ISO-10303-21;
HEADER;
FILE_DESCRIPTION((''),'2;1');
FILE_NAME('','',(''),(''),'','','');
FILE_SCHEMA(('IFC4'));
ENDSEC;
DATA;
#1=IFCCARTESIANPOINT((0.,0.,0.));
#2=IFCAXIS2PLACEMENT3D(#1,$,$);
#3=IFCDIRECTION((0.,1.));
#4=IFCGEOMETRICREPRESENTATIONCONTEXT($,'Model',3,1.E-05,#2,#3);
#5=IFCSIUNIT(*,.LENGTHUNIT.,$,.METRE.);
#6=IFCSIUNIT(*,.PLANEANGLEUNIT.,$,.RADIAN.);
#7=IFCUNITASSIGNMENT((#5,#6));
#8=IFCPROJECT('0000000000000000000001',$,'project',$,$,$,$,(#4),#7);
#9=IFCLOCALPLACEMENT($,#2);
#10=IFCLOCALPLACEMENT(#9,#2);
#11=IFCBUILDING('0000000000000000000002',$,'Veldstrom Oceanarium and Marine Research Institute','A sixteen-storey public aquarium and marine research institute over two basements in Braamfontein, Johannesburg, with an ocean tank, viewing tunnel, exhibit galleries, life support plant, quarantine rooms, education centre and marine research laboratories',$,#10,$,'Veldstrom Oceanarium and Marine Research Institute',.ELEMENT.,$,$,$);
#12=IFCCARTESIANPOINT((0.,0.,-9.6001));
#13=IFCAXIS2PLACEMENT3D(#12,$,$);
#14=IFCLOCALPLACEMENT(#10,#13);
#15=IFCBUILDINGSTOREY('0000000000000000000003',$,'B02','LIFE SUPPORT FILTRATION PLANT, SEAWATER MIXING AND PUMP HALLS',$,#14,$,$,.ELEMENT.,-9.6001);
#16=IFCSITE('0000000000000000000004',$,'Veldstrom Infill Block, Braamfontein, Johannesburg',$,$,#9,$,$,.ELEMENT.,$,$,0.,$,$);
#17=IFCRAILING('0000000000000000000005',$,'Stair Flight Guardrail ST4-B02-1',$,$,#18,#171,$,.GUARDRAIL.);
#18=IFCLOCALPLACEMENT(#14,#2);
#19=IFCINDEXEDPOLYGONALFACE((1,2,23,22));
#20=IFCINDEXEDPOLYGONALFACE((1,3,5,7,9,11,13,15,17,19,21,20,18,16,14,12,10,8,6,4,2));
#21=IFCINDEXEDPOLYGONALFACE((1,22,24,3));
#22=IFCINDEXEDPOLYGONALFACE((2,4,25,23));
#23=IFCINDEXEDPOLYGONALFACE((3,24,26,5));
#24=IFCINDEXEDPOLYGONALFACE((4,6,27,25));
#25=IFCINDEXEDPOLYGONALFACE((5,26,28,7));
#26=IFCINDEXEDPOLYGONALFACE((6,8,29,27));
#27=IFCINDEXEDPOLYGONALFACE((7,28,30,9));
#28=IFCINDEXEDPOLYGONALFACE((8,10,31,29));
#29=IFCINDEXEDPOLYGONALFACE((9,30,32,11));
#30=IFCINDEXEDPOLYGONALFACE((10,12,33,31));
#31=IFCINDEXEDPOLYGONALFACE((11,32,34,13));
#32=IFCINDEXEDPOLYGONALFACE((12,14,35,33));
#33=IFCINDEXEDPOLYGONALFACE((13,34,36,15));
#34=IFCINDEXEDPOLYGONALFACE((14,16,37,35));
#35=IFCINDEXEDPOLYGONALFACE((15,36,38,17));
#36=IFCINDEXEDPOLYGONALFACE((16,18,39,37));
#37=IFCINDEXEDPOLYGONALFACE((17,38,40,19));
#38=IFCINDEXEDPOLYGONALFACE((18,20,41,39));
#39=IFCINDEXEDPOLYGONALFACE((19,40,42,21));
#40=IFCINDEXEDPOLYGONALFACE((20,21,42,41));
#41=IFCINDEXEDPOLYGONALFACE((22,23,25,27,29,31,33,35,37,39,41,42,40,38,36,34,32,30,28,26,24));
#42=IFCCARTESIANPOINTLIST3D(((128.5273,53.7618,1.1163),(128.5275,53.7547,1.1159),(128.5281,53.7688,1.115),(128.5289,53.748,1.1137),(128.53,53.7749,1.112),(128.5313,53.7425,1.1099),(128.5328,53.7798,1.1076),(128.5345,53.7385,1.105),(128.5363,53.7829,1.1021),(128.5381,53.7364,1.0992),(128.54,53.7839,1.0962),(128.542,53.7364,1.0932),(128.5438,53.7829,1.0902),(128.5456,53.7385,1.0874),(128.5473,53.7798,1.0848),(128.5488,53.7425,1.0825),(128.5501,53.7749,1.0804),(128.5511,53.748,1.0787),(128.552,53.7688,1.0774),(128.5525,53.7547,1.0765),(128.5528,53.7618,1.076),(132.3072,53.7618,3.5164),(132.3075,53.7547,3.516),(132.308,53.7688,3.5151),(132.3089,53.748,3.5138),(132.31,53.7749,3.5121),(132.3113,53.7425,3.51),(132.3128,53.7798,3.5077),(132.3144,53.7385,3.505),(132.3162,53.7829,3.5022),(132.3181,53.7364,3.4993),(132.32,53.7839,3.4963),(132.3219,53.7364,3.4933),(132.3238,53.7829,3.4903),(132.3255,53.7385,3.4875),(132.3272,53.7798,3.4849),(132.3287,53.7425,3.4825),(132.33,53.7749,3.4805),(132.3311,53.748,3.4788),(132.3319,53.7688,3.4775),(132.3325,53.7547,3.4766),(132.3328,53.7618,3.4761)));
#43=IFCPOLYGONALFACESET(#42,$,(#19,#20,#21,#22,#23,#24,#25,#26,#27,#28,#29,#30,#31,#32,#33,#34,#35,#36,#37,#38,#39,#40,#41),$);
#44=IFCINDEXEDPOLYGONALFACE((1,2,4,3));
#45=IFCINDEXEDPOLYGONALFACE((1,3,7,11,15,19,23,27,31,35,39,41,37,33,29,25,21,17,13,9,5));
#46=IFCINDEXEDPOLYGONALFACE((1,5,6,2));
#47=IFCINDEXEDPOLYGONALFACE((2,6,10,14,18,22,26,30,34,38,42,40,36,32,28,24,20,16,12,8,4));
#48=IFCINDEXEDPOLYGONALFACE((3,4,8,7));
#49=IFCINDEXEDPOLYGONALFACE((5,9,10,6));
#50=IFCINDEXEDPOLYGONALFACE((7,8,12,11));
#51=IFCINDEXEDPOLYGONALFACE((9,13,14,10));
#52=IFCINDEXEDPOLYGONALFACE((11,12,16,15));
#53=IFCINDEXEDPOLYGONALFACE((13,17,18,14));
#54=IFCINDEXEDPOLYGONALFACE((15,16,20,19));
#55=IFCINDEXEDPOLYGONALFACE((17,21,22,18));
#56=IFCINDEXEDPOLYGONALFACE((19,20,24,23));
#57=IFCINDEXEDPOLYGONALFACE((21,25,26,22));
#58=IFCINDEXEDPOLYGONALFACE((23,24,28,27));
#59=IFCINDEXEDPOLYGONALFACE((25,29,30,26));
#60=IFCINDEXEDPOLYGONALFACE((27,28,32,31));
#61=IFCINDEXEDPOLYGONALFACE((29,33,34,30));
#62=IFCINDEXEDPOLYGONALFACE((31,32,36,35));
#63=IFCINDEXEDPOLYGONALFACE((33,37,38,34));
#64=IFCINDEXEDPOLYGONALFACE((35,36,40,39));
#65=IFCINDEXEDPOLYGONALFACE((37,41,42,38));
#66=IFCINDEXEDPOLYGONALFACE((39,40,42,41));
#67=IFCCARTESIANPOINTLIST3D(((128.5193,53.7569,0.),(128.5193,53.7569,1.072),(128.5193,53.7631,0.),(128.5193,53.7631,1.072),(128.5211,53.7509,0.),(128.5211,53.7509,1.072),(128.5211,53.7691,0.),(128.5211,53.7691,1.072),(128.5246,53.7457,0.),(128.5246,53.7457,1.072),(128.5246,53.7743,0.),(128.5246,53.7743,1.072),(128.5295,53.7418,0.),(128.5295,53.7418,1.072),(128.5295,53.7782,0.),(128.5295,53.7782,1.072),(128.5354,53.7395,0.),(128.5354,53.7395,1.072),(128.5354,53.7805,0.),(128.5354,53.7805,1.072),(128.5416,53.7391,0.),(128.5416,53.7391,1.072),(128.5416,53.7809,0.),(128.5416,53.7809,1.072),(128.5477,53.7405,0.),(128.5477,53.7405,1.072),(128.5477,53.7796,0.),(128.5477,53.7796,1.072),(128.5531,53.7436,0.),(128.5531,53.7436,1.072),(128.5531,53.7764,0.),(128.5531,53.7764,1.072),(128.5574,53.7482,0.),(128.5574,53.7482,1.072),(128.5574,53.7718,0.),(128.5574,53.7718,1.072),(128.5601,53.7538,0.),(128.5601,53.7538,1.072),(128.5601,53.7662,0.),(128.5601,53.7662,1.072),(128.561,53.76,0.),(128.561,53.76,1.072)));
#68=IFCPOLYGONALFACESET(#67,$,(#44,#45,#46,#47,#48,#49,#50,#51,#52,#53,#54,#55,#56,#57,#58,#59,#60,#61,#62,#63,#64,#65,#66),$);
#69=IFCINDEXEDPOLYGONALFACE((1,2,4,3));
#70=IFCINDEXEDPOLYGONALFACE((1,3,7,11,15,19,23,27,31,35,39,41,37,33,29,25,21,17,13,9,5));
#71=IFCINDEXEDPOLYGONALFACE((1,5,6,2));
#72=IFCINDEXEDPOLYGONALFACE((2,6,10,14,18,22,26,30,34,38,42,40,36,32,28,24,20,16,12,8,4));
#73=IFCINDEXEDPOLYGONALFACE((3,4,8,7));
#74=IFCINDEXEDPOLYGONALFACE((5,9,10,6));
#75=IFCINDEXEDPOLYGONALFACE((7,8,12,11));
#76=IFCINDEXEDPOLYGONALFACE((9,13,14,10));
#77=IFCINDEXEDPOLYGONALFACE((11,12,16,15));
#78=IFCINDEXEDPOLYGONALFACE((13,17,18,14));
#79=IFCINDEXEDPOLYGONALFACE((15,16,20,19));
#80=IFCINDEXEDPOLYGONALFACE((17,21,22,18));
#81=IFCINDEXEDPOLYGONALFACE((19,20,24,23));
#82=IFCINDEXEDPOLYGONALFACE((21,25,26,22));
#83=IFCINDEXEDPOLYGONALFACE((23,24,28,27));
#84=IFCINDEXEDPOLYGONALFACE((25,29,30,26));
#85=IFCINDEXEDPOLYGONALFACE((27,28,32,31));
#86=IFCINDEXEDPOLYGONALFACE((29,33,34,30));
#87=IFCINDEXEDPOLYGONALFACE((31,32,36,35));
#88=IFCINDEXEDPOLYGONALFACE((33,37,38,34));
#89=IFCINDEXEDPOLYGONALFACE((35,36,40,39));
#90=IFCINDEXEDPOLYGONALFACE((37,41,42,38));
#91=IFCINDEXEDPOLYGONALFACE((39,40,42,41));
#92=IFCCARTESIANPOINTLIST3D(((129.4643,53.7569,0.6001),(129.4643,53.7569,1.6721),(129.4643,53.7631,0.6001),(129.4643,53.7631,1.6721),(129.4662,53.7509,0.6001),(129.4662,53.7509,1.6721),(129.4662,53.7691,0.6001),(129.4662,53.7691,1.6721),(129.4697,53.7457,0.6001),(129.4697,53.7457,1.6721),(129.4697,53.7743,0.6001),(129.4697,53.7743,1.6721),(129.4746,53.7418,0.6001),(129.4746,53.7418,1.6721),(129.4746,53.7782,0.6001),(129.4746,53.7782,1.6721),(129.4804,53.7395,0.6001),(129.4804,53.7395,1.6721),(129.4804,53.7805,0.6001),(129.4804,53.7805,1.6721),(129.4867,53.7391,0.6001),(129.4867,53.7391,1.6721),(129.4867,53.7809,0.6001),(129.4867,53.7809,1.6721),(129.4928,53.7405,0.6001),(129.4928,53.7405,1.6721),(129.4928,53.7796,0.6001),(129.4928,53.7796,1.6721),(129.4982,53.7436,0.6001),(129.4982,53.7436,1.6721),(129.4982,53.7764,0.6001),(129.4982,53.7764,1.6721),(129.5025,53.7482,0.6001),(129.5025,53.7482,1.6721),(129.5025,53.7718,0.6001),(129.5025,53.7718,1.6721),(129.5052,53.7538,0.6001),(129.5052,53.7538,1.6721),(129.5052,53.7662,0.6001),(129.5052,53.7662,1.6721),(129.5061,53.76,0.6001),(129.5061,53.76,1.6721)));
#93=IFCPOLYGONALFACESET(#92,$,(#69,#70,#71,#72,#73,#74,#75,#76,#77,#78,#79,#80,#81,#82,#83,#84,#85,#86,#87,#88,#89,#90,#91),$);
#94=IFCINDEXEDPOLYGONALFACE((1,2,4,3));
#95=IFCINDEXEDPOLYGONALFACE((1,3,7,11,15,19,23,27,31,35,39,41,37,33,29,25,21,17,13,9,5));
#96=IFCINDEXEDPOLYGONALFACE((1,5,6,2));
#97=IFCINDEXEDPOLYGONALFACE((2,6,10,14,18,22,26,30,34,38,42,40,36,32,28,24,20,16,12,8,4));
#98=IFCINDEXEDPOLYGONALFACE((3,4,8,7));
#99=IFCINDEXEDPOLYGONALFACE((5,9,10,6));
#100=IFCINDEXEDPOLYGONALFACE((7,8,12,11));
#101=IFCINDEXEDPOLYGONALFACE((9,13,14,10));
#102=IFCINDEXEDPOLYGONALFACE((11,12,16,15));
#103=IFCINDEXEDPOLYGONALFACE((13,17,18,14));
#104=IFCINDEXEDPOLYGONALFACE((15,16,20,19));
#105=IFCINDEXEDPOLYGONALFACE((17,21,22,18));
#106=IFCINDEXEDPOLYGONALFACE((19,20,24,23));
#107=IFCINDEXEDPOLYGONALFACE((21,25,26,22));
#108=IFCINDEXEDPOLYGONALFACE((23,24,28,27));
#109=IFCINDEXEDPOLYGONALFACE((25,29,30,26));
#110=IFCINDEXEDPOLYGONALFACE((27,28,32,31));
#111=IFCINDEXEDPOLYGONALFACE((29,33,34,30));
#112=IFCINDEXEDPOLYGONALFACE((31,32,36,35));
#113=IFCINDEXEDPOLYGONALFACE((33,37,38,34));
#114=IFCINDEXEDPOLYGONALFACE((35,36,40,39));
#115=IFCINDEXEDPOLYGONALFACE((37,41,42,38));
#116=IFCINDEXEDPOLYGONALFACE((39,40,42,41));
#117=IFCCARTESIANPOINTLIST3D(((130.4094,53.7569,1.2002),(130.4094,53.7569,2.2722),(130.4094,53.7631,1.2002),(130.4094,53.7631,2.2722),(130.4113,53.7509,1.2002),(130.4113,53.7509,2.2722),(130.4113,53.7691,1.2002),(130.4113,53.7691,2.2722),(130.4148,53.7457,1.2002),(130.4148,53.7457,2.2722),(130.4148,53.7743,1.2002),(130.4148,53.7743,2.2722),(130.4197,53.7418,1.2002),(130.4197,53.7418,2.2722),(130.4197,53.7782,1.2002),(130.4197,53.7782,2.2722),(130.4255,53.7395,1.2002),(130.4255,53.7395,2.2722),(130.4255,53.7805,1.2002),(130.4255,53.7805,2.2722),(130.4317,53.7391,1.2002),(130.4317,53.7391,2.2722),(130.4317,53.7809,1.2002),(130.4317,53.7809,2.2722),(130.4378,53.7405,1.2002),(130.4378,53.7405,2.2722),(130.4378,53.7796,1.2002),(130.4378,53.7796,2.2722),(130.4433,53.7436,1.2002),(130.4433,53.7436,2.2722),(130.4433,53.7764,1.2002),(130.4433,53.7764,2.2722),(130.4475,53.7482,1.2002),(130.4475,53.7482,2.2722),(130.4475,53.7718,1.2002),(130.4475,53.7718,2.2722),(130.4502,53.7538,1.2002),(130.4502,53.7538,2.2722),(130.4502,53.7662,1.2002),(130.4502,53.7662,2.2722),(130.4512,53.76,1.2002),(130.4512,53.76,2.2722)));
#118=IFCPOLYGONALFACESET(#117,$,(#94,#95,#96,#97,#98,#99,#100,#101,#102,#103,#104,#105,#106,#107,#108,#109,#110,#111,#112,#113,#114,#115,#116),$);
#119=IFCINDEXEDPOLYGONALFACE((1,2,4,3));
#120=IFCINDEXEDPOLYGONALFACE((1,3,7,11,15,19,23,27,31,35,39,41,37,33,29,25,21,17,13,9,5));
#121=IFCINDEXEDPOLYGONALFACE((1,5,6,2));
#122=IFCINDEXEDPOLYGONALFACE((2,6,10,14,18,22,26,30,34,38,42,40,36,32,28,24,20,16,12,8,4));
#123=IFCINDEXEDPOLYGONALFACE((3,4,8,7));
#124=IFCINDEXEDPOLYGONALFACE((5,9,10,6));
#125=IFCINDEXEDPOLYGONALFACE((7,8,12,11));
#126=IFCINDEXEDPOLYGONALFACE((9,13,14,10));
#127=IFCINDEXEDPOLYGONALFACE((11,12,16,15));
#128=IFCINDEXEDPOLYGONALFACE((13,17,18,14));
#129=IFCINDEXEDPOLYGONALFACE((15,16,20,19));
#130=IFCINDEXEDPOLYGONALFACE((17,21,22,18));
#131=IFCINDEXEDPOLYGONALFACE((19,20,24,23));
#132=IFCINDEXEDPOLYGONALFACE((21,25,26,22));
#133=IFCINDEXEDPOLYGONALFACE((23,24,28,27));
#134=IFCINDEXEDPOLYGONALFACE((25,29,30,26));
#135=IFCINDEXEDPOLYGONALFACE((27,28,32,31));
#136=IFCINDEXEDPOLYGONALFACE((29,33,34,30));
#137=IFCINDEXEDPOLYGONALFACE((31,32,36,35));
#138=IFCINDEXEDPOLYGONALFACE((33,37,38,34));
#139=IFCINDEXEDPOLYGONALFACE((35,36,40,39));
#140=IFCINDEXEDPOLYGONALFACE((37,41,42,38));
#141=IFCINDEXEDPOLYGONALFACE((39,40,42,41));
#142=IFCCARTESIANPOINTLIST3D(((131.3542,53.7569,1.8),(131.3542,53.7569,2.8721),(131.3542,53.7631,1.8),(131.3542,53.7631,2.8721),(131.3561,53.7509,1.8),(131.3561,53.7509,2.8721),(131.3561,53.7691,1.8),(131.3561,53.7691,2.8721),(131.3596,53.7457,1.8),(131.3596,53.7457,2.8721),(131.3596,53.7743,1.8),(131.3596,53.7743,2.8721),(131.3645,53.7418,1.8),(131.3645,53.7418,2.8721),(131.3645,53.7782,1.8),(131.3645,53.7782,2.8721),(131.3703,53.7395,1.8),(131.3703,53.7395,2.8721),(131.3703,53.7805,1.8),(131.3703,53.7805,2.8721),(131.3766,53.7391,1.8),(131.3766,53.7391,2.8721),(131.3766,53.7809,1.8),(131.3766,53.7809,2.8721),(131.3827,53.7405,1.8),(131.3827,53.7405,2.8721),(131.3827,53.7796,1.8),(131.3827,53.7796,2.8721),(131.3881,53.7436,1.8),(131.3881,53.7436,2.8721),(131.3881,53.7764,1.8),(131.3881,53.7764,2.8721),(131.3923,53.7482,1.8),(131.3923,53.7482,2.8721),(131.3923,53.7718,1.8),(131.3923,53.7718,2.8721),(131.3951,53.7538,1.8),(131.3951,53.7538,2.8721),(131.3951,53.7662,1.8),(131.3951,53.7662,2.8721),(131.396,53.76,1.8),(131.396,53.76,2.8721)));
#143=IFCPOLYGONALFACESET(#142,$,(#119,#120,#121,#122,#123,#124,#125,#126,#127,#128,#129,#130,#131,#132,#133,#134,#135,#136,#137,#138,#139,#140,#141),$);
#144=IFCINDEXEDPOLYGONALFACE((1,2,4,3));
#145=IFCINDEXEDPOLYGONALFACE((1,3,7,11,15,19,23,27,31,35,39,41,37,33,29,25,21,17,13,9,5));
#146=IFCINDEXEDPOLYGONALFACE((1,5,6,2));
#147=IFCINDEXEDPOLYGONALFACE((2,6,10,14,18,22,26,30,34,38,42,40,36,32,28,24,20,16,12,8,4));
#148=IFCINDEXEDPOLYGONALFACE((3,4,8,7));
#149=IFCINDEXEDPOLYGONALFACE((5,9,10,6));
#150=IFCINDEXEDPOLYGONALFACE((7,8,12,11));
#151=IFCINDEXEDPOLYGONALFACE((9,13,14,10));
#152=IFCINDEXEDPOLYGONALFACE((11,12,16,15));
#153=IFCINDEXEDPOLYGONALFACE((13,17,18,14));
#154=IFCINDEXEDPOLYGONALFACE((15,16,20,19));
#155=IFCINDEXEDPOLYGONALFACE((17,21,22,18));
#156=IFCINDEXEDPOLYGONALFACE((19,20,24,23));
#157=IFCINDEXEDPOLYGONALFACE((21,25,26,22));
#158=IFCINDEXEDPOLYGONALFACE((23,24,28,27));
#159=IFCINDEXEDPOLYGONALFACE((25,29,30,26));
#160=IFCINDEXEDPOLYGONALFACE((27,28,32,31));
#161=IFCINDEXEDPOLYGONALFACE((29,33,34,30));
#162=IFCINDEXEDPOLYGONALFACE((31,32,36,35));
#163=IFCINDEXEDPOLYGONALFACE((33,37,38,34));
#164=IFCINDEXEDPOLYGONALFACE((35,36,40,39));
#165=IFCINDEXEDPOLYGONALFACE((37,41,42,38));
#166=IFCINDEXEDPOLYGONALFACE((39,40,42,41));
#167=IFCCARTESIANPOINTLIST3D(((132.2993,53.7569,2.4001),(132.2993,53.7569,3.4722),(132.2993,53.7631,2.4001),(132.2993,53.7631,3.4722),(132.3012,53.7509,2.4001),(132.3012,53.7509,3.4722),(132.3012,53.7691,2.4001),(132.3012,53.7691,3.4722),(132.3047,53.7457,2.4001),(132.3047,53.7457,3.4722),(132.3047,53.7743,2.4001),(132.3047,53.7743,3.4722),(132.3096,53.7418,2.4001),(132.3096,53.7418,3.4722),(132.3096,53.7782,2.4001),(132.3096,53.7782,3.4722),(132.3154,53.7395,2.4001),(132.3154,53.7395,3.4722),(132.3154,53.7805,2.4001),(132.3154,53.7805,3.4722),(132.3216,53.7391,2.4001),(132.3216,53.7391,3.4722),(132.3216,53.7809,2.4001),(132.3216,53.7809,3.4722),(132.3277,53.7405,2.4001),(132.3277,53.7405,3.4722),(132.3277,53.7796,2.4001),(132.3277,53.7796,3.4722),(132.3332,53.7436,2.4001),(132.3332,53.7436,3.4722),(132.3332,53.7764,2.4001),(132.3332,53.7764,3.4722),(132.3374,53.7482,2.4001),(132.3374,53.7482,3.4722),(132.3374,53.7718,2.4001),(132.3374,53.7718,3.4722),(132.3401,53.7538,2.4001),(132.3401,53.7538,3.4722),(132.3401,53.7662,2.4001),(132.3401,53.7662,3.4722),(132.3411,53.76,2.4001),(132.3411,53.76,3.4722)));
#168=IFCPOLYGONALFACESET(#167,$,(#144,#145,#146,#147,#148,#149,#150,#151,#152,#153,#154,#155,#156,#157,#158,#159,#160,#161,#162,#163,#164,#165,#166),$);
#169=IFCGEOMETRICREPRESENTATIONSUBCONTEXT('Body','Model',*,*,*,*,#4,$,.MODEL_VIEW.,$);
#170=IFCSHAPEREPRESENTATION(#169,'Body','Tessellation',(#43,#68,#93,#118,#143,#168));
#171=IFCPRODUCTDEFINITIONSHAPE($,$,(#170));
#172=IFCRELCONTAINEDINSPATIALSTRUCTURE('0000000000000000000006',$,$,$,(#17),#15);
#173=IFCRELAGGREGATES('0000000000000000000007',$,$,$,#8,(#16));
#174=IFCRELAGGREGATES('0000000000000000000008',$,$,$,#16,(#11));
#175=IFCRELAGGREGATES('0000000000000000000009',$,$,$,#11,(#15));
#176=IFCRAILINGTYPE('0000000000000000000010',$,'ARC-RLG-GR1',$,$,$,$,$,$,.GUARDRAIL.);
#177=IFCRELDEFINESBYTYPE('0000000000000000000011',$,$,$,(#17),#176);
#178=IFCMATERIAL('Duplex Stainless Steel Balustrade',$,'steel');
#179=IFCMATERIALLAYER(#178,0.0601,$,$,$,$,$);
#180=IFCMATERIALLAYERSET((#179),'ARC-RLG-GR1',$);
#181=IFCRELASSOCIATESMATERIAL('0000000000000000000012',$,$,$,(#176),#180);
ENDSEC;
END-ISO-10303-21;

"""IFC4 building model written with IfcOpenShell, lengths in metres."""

from ifc_helpers import new_model, si_unit, direction, frame, origin, origin_2d, place, context, subcontext, project, spatial, circle, extrude, material, layer, layer_set, type_object, element, save


model = new_model("IFC4")

# Units and contexts
model_context = context("Model", 3, precision=1e-05, world=origin(), true_north=direction((0.0, 1.0)))
body_context = subcontext(model_context, "Body", "Model", "MODEL_VIEW")
ifc_project = project(units=[si_unit("LENGTHUNIT", "METRE"), si_unit("PLANEANGLEUNIT", "RADIAN")], contexts=[model_context])

# Site, building, storey
site_placement = place(None, origin())
site = spatial("IfcSite", under=ifc_project, at=site_placement, Name="Veldstrom Infill Block, Braamfontein, Johannesburg", CompositionType="ELEMENT", RefElevation=0.0)
building_placement = place(site_placement, origin())
building = spatial("IfcBuilding", under=site, at=building_placement, Name="Veldstrom Oceanarium and Marine Research Institute", Description="A sixteen-storey public aquarium and marine research institute over two basements in Braamfontein, Johannesburg, with an ocean tank, viewing tunnel, exhibit galleries, life support plant, quarantine rooms, education centre and marine research laboratories", LongName="Veldstrom Oceanarium and Marine Research Institute", CompositionType="ELEMENT")
storey_placement = place(building_placement, frame((0.0, 0.0, -9.6001)))
storey = spatial("IfcBuildingStorey", under=building, at=storey_placement, Name="B02", Description="LIFE SUPPORT FILTRATION PLANT, SEAWATER MIXING AND PUMP HALLS", CompositionType="ELEMENT", Elevation=-9.6001)

# Railing
ifc_material_1 = material(Name="Duplex Stainless Steel Balustrade", Category="steel")
ifc_layer_1 = layer(ifc_material_1, 0.0601)
ifc_layer_set_1 = layer_set([ifc_layer_1], Name="ARC-RLG-GR1")
railing_type_1 = type_object("IfcRailingType", Name="ARC-RLG-GR1", PredefinedType="GUARDRAIL", material=ifc_layer_set_1)
railing_1_placement = place(storey_placement, frame((128.54, 53.76, 0.0)))
element("IfcRailing", 1, at=railing_1_placement, inside=storey, type_object=railing_type_1, Name="Stair Flight Guardrail ST4-B02-1", PredefinedType="GUARDRAIL", context=body_context, shape_type="SweptSolid", body=[
    extrude(circle(Radius=0.0239, at=origin_2d()), frame((0.0, 0.0, 1.0962), z_axis=(0.8442, 0.0, 0.536028), x_axis=(0.0, 1.0, 0.0)), (0.0, 0.0, 1.0), 4.4775),
    extrude(circle(Radius=0.021, at=origin_2d()), origin(), (0.0, 0.0, 1.0), 1.072),
    extrude(circle(Radius=0.021, at=origin_2d()), frame((0.9451, 0.0, 0.6001)), (0.0, 0.0, 1.0), 1.072),
    extrude(circle(Radius=0.021, at=origin_2d()), frame((1.8901, 0.0, 1.2002)), (0.0, 0.0, 1.0), 1.072),
    extrude(circle(Radius=0.021, at=origin_2d()), frame((2.835, 0.0, 1.8)), (0.0, 0.0, 1.0), 1.072),
    extrude(circle(Radius=0.021, at=origin_2d()), frame((3.78, 0.0, 2.4001)), (0.0, 0.0, 1.0), 1.072),
])

save(model, "model.ifc")
